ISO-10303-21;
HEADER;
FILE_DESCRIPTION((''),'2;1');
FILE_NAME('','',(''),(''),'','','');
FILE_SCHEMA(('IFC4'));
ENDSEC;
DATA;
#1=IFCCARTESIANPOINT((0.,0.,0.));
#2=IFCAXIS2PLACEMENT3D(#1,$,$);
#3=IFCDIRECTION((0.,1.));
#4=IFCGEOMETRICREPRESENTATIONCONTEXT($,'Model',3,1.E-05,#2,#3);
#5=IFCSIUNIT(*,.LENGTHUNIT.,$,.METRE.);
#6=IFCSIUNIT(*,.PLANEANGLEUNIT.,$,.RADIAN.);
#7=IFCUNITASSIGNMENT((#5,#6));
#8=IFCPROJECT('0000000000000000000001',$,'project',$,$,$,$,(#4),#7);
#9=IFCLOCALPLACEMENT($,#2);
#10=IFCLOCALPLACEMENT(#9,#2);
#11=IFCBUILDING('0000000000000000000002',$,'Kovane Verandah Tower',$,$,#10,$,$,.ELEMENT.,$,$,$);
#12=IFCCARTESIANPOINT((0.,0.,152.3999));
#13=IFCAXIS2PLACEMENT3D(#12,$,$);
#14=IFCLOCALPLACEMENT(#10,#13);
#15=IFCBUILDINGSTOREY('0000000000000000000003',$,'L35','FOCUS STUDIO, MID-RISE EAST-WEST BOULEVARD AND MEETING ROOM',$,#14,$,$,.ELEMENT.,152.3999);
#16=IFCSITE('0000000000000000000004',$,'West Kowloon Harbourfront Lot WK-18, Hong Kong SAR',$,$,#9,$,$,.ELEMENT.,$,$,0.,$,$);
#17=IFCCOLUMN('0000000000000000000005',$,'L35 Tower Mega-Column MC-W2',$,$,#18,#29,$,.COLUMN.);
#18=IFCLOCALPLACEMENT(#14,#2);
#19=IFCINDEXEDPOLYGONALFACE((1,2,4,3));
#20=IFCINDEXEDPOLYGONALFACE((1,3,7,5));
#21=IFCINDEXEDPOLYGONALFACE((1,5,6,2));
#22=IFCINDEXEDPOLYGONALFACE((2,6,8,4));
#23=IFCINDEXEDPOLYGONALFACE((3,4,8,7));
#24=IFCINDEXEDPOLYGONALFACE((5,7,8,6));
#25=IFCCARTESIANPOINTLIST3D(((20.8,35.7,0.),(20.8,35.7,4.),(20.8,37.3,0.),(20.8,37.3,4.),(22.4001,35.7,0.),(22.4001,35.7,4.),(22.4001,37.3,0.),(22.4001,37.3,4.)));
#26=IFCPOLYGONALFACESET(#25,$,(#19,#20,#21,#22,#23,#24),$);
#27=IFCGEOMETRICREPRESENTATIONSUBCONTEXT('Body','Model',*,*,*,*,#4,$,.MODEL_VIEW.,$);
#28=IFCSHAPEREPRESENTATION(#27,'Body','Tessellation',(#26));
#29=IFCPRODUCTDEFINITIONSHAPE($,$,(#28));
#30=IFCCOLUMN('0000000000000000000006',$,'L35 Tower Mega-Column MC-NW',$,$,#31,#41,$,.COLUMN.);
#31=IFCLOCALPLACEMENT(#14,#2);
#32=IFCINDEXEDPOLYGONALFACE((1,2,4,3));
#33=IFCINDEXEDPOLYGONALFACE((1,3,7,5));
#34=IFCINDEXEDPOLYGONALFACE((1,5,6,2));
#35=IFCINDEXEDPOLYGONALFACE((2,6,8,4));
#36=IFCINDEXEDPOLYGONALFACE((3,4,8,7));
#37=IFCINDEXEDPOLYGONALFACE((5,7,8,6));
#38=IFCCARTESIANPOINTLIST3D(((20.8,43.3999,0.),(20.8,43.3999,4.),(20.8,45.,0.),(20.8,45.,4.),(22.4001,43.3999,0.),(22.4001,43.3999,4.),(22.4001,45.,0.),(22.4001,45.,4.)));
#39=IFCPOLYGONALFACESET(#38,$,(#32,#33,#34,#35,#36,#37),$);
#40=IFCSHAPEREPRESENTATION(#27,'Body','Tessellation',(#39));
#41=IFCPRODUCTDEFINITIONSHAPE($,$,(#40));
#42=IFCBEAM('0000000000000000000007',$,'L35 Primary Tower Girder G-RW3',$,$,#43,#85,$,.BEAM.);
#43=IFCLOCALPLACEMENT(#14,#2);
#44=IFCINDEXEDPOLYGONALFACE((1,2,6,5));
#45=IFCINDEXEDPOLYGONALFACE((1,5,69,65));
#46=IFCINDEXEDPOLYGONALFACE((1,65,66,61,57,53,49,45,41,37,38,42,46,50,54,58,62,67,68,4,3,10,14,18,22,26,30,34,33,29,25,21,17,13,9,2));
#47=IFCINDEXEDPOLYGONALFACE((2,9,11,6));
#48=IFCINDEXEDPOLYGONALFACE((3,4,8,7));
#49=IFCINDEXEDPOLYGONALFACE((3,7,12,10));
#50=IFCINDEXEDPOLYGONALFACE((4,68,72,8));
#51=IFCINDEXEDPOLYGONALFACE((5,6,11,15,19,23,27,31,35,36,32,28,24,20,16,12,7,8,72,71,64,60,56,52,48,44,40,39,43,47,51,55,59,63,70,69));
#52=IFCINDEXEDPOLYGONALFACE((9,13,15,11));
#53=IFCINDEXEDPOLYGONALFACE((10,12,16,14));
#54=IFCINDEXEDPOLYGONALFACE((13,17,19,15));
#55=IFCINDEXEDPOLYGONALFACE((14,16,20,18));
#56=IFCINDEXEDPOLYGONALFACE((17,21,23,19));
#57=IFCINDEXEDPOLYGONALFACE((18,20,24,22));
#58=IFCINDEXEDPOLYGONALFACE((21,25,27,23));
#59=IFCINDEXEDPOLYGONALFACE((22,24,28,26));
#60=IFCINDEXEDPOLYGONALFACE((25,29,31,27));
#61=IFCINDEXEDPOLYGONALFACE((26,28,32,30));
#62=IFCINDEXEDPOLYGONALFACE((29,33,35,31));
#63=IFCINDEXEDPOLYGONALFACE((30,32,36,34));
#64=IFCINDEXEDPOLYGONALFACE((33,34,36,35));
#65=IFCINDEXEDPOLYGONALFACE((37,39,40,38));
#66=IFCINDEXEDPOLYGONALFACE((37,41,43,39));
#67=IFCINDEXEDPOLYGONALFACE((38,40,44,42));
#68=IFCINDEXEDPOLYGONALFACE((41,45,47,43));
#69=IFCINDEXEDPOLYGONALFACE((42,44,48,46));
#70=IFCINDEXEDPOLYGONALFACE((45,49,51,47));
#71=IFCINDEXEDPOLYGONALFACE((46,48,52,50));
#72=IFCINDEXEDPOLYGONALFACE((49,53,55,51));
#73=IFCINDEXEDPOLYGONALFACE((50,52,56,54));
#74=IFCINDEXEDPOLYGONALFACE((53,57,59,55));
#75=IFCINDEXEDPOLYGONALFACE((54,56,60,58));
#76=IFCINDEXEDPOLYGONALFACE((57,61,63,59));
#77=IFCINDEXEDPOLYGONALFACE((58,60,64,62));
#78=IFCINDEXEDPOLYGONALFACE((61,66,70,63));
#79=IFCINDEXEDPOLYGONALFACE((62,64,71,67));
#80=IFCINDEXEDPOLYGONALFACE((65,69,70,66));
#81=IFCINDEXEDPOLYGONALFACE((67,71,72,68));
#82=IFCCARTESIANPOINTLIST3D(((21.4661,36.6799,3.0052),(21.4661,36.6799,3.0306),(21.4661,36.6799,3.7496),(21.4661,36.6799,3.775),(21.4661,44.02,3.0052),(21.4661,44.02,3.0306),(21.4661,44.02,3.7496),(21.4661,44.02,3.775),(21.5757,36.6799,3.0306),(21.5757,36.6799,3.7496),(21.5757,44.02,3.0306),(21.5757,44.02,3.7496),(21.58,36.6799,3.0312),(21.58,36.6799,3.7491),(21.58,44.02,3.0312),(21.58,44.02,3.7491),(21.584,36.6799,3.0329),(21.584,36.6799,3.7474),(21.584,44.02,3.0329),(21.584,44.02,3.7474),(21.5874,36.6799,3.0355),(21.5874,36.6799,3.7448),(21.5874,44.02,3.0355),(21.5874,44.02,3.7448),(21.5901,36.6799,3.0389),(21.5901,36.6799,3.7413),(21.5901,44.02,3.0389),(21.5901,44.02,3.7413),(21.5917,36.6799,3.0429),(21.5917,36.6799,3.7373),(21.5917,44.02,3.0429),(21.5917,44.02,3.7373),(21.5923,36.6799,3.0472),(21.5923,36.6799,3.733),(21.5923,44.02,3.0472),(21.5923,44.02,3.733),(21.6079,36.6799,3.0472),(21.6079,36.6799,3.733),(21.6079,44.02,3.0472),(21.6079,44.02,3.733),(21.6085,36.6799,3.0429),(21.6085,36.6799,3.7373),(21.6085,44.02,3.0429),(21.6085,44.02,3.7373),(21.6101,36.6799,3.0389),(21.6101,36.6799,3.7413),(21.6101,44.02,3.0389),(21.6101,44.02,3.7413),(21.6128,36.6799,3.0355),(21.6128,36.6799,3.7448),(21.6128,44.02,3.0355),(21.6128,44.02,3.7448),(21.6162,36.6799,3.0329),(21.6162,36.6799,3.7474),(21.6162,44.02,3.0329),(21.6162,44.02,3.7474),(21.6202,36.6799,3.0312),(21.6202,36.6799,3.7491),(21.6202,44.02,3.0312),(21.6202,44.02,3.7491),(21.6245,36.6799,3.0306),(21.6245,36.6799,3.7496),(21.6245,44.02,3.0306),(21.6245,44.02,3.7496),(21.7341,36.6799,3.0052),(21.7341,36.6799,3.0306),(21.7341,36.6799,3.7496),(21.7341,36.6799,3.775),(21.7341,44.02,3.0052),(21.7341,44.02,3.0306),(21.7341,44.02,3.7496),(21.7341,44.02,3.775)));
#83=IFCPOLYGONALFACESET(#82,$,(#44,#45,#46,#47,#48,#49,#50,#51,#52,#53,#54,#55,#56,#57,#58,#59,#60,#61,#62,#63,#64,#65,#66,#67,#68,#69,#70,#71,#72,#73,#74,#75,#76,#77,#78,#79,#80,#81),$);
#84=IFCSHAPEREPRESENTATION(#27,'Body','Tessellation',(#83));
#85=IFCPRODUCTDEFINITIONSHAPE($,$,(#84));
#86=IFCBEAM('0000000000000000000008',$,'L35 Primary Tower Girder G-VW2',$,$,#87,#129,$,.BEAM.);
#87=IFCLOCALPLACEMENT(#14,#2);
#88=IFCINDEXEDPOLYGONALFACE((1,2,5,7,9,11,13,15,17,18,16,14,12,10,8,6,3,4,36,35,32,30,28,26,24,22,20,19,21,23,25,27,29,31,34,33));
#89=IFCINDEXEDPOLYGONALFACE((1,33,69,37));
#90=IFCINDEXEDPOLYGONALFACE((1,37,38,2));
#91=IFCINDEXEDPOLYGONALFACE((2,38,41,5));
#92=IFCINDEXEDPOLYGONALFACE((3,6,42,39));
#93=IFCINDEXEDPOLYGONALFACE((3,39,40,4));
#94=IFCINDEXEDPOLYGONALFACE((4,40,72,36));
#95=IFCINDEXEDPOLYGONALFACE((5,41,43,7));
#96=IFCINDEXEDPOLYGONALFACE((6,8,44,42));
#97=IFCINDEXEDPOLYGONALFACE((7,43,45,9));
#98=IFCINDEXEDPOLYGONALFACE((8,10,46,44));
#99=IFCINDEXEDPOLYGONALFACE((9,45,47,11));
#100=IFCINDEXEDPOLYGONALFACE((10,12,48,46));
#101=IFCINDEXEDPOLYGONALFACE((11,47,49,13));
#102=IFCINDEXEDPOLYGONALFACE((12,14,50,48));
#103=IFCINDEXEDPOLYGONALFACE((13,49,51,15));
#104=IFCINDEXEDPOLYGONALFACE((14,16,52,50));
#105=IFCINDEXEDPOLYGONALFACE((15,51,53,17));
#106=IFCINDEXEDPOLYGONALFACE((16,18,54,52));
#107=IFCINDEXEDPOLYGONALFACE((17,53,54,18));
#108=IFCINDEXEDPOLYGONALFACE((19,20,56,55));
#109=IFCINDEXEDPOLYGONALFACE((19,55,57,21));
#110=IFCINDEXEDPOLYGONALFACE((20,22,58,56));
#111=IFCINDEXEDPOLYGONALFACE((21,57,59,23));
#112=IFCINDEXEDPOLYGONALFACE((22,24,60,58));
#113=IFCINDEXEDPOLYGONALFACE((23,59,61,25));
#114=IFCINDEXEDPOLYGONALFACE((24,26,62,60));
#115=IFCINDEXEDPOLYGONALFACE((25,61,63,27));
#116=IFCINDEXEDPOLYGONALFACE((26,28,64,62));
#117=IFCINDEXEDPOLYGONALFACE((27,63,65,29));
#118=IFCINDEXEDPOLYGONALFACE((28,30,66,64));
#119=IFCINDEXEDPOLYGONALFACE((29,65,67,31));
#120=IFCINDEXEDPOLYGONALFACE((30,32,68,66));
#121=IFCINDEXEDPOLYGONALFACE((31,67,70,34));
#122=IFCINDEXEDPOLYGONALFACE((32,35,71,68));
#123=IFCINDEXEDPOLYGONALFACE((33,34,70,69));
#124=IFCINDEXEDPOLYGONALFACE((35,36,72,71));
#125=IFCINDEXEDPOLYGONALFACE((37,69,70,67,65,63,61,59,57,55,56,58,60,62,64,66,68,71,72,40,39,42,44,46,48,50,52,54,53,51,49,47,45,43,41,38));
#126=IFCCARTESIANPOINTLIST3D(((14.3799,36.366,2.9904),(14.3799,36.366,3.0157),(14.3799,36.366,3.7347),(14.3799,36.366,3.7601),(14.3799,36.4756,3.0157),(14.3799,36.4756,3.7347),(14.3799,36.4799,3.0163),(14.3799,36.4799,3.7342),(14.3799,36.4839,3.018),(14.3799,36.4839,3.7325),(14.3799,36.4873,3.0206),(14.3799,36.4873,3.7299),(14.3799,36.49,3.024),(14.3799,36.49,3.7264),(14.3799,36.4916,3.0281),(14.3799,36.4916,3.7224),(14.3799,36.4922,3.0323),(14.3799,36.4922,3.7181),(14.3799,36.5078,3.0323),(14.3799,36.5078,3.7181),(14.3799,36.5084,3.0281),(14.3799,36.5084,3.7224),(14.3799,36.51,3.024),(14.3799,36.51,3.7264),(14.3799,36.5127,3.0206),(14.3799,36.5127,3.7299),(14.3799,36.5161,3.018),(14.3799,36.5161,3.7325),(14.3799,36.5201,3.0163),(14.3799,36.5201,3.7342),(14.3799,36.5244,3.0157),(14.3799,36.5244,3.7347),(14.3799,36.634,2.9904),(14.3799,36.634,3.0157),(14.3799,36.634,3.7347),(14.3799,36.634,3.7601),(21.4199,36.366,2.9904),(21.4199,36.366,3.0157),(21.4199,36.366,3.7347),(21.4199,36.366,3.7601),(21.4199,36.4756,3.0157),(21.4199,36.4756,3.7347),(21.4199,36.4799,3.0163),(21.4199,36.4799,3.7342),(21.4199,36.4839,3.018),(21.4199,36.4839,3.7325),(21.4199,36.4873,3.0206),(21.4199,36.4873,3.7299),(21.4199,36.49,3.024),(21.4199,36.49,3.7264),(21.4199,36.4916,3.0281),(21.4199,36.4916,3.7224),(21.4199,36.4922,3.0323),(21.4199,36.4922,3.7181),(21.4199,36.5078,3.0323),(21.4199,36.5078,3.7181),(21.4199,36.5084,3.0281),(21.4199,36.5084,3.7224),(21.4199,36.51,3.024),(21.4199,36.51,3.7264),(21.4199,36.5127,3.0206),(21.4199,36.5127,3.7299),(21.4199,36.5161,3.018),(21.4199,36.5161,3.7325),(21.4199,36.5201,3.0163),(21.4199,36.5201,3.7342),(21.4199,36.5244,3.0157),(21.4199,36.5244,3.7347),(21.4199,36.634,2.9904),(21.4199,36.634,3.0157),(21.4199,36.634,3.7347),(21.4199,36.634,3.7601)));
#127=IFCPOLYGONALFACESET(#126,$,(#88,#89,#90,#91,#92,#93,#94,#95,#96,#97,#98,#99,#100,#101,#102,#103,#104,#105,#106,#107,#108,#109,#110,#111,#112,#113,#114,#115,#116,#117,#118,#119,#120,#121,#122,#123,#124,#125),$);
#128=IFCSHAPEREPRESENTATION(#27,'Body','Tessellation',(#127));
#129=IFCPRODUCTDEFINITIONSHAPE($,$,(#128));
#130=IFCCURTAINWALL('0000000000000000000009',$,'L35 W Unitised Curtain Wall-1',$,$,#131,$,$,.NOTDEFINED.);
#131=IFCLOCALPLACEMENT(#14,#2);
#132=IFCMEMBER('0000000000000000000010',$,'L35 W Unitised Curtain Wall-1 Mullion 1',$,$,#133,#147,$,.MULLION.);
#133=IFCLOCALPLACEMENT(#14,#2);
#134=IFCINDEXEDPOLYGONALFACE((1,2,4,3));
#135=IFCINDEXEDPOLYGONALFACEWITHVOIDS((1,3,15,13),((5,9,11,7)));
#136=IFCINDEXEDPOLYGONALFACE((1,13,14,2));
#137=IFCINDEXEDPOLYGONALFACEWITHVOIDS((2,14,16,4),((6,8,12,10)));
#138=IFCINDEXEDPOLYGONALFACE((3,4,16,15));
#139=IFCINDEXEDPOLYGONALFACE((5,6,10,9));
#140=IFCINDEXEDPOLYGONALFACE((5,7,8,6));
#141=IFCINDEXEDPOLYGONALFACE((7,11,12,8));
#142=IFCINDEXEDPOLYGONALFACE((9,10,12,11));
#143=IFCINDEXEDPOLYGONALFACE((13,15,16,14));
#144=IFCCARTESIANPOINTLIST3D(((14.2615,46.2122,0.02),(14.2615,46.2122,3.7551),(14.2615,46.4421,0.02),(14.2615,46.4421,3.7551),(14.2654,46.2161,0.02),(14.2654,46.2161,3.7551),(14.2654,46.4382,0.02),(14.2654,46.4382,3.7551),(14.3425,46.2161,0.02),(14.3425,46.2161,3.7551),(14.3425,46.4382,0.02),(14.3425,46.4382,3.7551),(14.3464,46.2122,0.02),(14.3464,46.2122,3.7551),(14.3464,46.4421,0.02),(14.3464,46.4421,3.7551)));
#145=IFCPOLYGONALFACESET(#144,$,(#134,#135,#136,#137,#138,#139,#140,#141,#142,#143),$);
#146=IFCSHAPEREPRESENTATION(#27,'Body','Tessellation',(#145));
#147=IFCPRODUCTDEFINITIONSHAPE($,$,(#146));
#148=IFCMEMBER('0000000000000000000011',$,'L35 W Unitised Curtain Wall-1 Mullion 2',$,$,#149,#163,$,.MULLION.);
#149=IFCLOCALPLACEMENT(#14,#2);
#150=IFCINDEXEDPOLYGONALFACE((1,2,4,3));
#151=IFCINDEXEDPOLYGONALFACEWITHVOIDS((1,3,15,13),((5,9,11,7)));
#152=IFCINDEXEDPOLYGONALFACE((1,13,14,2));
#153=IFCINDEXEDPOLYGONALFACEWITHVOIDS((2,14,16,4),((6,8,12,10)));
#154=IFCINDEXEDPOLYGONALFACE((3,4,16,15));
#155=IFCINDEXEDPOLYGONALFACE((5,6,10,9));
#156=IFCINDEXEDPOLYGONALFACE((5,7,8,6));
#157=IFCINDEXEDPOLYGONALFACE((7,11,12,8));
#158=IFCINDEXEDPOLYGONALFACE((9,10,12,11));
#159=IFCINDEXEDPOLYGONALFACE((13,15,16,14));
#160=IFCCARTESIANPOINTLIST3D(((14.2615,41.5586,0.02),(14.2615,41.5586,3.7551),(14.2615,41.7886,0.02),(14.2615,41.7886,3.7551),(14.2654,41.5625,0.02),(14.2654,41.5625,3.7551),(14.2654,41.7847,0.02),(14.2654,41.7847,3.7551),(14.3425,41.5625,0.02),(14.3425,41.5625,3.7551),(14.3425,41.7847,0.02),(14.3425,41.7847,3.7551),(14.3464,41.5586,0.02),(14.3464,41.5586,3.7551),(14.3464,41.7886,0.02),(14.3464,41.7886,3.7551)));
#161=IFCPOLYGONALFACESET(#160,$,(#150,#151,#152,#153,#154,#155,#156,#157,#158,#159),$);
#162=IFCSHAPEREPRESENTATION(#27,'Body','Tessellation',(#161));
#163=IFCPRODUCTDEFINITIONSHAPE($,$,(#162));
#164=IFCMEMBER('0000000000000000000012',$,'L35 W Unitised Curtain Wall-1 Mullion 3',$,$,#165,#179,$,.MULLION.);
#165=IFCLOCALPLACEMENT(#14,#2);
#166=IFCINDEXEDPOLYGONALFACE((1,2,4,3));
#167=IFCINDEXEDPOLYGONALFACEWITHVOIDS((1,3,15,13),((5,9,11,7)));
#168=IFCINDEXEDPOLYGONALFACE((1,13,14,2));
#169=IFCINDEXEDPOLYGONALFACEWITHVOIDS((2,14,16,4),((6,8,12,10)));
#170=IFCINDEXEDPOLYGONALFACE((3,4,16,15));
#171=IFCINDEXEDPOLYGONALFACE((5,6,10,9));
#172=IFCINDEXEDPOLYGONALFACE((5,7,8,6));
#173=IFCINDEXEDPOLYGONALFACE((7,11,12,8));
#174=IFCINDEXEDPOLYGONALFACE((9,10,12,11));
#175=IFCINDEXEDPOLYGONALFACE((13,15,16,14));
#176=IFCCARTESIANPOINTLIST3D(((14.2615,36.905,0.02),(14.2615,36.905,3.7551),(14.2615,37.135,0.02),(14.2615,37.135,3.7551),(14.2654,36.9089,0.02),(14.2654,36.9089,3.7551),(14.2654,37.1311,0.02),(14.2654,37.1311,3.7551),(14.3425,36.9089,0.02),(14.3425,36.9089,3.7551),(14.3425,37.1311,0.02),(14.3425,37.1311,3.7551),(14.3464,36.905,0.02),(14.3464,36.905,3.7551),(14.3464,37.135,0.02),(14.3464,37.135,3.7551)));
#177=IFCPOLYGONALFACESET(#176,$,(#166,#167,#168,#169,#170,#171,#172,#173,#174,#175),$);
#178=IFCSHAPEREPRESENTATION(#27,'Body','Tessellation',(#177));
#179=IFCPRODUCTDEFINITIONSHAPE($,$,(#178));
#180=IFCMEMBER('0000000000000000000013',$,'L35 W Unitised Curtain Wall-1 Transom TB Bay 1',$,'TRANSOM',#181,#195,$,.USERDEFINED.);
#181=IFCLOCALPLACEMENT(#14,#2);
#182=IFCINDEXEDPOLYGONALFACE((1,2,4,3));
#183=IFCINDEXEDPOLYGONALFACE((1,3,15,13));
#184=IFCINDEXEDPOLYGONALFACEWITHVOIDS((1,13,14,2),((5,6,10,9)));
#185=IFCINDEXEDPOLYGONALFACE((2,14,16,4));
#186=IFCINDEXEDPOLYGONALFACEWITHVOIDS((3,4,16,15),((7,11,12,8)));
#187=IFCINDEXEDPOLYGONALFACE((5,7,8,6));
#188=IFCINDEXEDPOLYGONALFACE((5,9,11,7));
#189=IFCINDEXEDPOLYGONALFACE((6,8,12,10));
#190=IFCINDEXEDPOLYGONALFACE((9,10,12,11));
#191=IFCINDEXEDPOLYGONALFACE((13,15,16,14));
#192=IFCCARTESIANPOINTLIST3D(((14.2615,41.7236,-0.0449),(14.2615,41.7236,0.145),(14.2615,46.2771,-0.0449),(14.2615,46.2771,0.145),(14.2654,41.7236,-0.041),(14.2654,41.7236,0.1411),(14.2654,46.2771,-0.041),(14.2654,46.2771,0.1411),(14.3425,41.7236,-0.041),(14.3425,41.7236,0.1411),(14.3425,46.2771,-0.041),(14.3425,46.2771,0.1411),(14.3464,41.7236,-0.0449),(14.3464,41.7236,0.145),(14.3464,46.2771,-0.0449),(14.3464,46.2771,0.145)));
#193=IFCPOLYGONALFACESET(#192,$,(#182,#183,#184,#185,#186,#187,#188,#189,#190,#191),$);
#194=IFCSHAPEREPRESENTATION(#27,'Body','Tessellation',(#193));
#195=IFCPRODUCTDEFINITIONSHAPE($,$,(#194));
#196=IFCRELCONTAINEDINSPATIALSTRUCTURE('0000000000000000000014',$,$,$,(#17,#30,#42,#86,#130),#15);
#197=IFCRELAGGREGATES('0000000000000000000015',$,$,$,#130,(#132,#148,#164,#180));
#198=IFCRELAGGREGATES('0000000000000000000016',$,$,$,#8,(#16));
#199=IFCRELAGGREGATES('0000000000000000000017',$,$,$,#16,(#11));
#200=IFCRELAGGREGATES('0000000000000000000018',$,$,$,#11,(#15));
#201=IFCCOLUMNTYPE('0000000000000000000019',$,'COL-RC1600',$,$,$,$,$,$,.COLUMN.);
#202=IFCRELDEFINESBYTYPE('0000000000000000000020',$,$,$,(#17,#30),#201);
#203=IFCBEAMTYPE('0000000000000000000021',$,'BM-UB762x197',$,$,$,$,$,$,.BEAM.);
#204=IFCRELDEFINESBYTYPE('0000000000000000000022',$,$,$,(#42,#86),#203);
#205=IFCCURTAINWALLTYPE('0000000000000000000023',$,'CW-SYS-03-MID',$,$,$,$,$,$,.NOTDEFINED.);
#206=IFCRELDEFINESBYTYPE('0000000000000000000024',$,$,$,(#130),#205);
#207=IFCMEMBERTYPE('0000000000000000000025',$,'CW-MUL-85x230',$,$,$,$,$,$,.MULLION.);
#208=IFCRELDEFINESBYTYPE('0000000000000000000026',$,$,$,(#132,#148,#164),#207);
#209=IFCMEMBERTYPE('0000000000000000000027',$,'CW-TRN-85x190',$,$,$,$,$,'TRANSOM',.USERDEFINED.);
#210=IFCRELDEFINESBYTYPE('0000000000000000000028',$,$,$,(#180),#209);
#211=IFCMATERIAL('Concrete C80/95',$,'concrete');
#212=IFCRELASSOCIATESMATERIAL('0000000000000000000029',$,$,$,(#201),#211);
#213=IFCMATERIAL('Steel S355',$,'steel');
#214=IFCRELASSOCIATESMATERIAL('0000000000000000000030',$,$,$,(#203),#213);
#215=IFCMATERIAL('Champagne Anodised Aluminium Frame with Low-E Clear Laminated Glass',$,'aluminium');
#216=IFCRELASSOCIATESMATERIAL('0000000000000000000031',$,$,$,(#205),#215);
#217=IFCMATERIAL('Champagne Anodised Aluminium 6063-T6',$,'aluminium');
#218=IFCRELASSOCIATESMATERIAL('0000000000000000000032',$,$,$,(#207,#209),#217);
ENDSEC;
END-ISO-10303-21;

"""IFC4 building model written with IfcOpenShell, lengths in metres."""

from ifc_helpers import new_model, si_unit, direction, frame, origin, origin_2d, place, context, subcontext, project, spatial, rectangle, hollow_rectangle, i_section, extrude, material, material_profile, profile_set, type_object, element, aggregate, save


model = new_model("IFC4")

# Units and contexts
model_context = context("Model", 3, precision=1e-05, world=origin(), true_north=direction((0.0, 1.0)))
body_context = subcontext(model_context, "Body", "Model", "MODEL_VIEW")
ifc_project = project(units=[si_unit("LENGTHUNIT", "METRE"), si_unit("PLANEANGLEUNIT", "RADIAN")], contexts=[model_context])

# Site, building, storey
site_placement = place(None, origin())
site = spatial("IfcSite", under=ifc_project, at=site_placement, Name="West Kowloon Harbourfront Lot WK-18, Hong Kong SAR", CompositionType="ELEMENT", RefElevation=0.0)
building_placement = place(site_placement, origin())
building = spatial("IfcBuilding", under=site, at=building_placement, Name="Kovane Verandah Tower", CompositionType="ELEMENT")
storey_placement = place(building_placement, frame((0.0, 0.0, 152.3999)))
storey = spatial("IfcBuildingStorey", under=building, at=storey_placement, Name="L35", Description="FOCUS STUDIO, MID-RISE EAST-WEST BOULEVARD AND MEETING ROOM", CompositionType="ELEMENT", Elevation=152.3999)

# Columns
ifc_material_1 = material(Name="Concrete C80/95", Category="concrete")
ifc_material_profile_1 = material_profile(ifc_material_1, rectangle(XDim=1.6001, YDim=1.6001, at=origin_2d()), Name="RC1600x1600")
ifc_profile_set_1 = profile_set([ifc_material_profile_1], Name="Concrete C80/95")
column_type = type_object("IfcColumnType", Name="COL-RC1600", PredefinedType="COLUMN", material=ifc_profile_set_1)
for number, where, z_axis, x_axis, name in (
    (1, (21.6001, 36.5, 0.0), (0.0, 0.0, 1.0), (1.0, 0.0, 0.0), "L35 Tower Mega-Column MC-W2"),
    (2, (21.6001, 44.2, 0.0), (0.0, 0.0, 1.0), (1.0, 0.0, 0.0), "L35 Tower Mega-Column MC-NW"),
):
    element("IfcColumn", number, at=place(storey_placement, frame(where, z_axis=z_axis, x_axis=x_axis)), inside=storey, type_object=column_type, Name=name, PredefinedType="COLUMN", context=body_context, shape_type="SweptSolid", body=[
        extrude(rectangle(XDim=1.6001, YDim=1.6001, at=origin_2d()), origin(), (0.0, 0.0, 1.0), 4.0),
    ])

# Beams
ifc_material_2 = material(Name="Steel S355", Category="steel")
ifc_material_profile_2 = material_profile(ifc_material_2, i_section(OverallWidth=0.2681, OverallDepth=0.7698, WebThickness=0.0156, FlangeThickness=0.0254, FilletRadius=0.0166, at=origin_2d()), Name="UB762x267x197")
ifc_profile_set_2 = profile_set([ifc_material_profile_2], Name="Steel S355")
beam_type = type_object("IfcBeamType", Name="BM-UB762x197", PredefinedType="BEAM", material=ifc_profile_set_2)
beam_1_placement = place(storey_placement, frame((21.6001, 36.6799, 3.3901), z_axis=(0.0, 1.0, 0.0), x_axis=(-1.0, 0.0, 0.0)))
element("IfcBeam", 3, at=beam_1_placement, inside=storey, type_object=beam_type, Name="L35 Primary Tower Girder G-RW3", PredefinedType="BEAM", context=body_context, shape_type="SweptSolid", body=[
    extrude(i_section(OverallWidth=0.2681, OverallDepth=0.7698, WebThickness=0.0156, FlangeThickness=0.0254, FilletRadius=0.0166, at=origin_2d()), origin(), (0.0, 0.0, 1.0), 7.3401),
])
beam_2_placement = place(storey_placement, frame((21.4199, 36.5, 3.3752), z_axis=(-1.0, 0.0, 0.0), x_axis=(0.0, -1.0, 0.0)))
element("IfcBeam", 4, at=beam_2_placement, inside=storey, type_object=beam_type, Name="L35 Primary Tower Girder G-VW2", PredefinedType="BEAM", context=body_context, shape_type="SweptSolid", body=[
    extrude(i_section(OverallWidth=0.2681, OverallDepth=0.7698, WebThickness=0.0156, FlangeThickness=0.0254, FilletRadius=0.0166, at=origin_2d()), origin(), (0.0, 0.0, 1.0), 7.04),
])

# Curtain wall, members
ifc_material_3 = material(Name="Champagne Anodised Aluminium Frame with Low-E Clear Laminated Glass", Category="aluminium")
curtain_wall_type = type_object("IfcCurtainWallType", Name="CW-SYS-03-MID", PredefinedType="NOTDEFINED", material=ifc_material_3)
curtain_wall_placement = place(storey_placement, origin())
curtain_wall = element("IfcCurtainWall", 5, at=curtain_wall_placement, inside=storey, type_object=curtain_wall_type, Name="L35 W Unitised Curtain Wall-1", PredefinedType="NOTDEFINED")
ifc_material_4 = material(Name="Champagne Anodised Aluminium 6063-T6", Category="aluminium")
ifc_material_profile_3 = material_profile(ifc_material_4, hollow_rectangle(XDim=0.085, YDim=0.23, WallThickness=0.0039, at=origin_2d()), Name="AL85x230x4")
ifc_profile_set_3 = profile_set([ifc_material_profile_3], Name="Champagne Anodised Aluminium 6063-T6")
member_type_1 = type_object("IfcMemberType", Name="CW-MUL-85x230", PredefinedType="MULLION", material=ifc_profile_set_3)
member_1_placement = place(storey_placement, frame((14.304, 46.3271, 0.02), z_axis=(0.0, 0.0, 1.0), x_axis=(-1.0, 0.0, 0.0)))
member_1 = element("IfcMember", 6, at=member_1_placement, type_object=member_type_1, Name="L35 W Unitised Curtain Wall-1 Mullion 1", PredefinedType="MULLION", context=body_context, shape_type="SweptSolid", body=[
    extrude(hollow_rectangle(XDim=0.085, YDim=0.23, WallThickness=0.0039, at=origin_2d()), origin(), (0.0, 0.0, 1.0), 3.7351),
])
member_2_placement = place(storey_placement, frame((14.304, 41.6736, 0.02), z_axis=(0.0, 0.0, 1.0), x_axis=(-1.0, 0.0, 0.0)))
member_2 = element("IfcMember", 7, at=member_2_placement, type_object=member_type_1, Name="L35 W Unitised Curtain Wall-1 Mullion 2", PredefinedType="MULLION", context=body_context, shape_type="SweptSolid", body=[
    extrude(hollow_rectangle(XDim=0.085, YDim=0.23, WallThickness=0.0039, at=origin_2d()), origin(), (0.0, 0.0, 1.0), 3.7351),
])
member_3_placement = place(storey_placement, frame((14.304, 37.02, 0.02), z_axis=(0.0, 0.0, 1.0), x_axis=(-1.0, 0.0, 0.0)))
member_3 = element("IfcMember", 8, at=member_3_placement, type_object=member_type_1, Name="L35 W Unitised Curtain Wall-1 Mullion 3", PredefinedType="MULLION", context=body_context, shape_type="SweptSolid", body=[
    extrude(hollow_rectangle(XDim=0.085, YDim=0.23, WallThickness=0.0039, at=origin_2d()), origin(), (0.0, 0.0, 1.0), 3.7351),
])
ifc_material_profile_4 = material_profile(ifc_material_4, hollow_rectangle(XDim=0.085, YDim=0.1899, WallThickness=0.0039, at=origin_2d()), Name="AL85x190x4")
ifc_profile_set_4 = profile_set([ifc_material_profile_4], Name="Champagne Anodised Aluminium 6063-T6")
member_type_2 = type_object("IfcMemberType", Name="CW-TRN-85x190", ElementType="TRANSOM", PredefinedType="USERDEFINED", material=ifc_profile_set_4)
member_4_placement = place(storey_placement, frame((14.304, 46.2771, 0.05), z_axis=(0.0, -1.0, 0.0), x_axis=(1.0, 0.0, 0.0)))
member_4 = element("IfcMember", 9, at=member_4_placement, type_object=member_type_2, Name="L35 W Unitised Curtain Wall-1 Transom TB Bay 1", ObjectType="TRANSOM", PredefinedType="USERDEFINED", context=body_context, shape_type="SweptSolid", body=[
    extrude(hollow_rectangle(XDim=0.085, YDim=0.1899, WallThickness=0.0039, at=origin_2d()), origin(), (0.0, 0.0, 1.0), 4.5535),
])
aggregate(curtain_wall, [member_1, member_2, member_3, member_4])

save(model, "model.ifc")
